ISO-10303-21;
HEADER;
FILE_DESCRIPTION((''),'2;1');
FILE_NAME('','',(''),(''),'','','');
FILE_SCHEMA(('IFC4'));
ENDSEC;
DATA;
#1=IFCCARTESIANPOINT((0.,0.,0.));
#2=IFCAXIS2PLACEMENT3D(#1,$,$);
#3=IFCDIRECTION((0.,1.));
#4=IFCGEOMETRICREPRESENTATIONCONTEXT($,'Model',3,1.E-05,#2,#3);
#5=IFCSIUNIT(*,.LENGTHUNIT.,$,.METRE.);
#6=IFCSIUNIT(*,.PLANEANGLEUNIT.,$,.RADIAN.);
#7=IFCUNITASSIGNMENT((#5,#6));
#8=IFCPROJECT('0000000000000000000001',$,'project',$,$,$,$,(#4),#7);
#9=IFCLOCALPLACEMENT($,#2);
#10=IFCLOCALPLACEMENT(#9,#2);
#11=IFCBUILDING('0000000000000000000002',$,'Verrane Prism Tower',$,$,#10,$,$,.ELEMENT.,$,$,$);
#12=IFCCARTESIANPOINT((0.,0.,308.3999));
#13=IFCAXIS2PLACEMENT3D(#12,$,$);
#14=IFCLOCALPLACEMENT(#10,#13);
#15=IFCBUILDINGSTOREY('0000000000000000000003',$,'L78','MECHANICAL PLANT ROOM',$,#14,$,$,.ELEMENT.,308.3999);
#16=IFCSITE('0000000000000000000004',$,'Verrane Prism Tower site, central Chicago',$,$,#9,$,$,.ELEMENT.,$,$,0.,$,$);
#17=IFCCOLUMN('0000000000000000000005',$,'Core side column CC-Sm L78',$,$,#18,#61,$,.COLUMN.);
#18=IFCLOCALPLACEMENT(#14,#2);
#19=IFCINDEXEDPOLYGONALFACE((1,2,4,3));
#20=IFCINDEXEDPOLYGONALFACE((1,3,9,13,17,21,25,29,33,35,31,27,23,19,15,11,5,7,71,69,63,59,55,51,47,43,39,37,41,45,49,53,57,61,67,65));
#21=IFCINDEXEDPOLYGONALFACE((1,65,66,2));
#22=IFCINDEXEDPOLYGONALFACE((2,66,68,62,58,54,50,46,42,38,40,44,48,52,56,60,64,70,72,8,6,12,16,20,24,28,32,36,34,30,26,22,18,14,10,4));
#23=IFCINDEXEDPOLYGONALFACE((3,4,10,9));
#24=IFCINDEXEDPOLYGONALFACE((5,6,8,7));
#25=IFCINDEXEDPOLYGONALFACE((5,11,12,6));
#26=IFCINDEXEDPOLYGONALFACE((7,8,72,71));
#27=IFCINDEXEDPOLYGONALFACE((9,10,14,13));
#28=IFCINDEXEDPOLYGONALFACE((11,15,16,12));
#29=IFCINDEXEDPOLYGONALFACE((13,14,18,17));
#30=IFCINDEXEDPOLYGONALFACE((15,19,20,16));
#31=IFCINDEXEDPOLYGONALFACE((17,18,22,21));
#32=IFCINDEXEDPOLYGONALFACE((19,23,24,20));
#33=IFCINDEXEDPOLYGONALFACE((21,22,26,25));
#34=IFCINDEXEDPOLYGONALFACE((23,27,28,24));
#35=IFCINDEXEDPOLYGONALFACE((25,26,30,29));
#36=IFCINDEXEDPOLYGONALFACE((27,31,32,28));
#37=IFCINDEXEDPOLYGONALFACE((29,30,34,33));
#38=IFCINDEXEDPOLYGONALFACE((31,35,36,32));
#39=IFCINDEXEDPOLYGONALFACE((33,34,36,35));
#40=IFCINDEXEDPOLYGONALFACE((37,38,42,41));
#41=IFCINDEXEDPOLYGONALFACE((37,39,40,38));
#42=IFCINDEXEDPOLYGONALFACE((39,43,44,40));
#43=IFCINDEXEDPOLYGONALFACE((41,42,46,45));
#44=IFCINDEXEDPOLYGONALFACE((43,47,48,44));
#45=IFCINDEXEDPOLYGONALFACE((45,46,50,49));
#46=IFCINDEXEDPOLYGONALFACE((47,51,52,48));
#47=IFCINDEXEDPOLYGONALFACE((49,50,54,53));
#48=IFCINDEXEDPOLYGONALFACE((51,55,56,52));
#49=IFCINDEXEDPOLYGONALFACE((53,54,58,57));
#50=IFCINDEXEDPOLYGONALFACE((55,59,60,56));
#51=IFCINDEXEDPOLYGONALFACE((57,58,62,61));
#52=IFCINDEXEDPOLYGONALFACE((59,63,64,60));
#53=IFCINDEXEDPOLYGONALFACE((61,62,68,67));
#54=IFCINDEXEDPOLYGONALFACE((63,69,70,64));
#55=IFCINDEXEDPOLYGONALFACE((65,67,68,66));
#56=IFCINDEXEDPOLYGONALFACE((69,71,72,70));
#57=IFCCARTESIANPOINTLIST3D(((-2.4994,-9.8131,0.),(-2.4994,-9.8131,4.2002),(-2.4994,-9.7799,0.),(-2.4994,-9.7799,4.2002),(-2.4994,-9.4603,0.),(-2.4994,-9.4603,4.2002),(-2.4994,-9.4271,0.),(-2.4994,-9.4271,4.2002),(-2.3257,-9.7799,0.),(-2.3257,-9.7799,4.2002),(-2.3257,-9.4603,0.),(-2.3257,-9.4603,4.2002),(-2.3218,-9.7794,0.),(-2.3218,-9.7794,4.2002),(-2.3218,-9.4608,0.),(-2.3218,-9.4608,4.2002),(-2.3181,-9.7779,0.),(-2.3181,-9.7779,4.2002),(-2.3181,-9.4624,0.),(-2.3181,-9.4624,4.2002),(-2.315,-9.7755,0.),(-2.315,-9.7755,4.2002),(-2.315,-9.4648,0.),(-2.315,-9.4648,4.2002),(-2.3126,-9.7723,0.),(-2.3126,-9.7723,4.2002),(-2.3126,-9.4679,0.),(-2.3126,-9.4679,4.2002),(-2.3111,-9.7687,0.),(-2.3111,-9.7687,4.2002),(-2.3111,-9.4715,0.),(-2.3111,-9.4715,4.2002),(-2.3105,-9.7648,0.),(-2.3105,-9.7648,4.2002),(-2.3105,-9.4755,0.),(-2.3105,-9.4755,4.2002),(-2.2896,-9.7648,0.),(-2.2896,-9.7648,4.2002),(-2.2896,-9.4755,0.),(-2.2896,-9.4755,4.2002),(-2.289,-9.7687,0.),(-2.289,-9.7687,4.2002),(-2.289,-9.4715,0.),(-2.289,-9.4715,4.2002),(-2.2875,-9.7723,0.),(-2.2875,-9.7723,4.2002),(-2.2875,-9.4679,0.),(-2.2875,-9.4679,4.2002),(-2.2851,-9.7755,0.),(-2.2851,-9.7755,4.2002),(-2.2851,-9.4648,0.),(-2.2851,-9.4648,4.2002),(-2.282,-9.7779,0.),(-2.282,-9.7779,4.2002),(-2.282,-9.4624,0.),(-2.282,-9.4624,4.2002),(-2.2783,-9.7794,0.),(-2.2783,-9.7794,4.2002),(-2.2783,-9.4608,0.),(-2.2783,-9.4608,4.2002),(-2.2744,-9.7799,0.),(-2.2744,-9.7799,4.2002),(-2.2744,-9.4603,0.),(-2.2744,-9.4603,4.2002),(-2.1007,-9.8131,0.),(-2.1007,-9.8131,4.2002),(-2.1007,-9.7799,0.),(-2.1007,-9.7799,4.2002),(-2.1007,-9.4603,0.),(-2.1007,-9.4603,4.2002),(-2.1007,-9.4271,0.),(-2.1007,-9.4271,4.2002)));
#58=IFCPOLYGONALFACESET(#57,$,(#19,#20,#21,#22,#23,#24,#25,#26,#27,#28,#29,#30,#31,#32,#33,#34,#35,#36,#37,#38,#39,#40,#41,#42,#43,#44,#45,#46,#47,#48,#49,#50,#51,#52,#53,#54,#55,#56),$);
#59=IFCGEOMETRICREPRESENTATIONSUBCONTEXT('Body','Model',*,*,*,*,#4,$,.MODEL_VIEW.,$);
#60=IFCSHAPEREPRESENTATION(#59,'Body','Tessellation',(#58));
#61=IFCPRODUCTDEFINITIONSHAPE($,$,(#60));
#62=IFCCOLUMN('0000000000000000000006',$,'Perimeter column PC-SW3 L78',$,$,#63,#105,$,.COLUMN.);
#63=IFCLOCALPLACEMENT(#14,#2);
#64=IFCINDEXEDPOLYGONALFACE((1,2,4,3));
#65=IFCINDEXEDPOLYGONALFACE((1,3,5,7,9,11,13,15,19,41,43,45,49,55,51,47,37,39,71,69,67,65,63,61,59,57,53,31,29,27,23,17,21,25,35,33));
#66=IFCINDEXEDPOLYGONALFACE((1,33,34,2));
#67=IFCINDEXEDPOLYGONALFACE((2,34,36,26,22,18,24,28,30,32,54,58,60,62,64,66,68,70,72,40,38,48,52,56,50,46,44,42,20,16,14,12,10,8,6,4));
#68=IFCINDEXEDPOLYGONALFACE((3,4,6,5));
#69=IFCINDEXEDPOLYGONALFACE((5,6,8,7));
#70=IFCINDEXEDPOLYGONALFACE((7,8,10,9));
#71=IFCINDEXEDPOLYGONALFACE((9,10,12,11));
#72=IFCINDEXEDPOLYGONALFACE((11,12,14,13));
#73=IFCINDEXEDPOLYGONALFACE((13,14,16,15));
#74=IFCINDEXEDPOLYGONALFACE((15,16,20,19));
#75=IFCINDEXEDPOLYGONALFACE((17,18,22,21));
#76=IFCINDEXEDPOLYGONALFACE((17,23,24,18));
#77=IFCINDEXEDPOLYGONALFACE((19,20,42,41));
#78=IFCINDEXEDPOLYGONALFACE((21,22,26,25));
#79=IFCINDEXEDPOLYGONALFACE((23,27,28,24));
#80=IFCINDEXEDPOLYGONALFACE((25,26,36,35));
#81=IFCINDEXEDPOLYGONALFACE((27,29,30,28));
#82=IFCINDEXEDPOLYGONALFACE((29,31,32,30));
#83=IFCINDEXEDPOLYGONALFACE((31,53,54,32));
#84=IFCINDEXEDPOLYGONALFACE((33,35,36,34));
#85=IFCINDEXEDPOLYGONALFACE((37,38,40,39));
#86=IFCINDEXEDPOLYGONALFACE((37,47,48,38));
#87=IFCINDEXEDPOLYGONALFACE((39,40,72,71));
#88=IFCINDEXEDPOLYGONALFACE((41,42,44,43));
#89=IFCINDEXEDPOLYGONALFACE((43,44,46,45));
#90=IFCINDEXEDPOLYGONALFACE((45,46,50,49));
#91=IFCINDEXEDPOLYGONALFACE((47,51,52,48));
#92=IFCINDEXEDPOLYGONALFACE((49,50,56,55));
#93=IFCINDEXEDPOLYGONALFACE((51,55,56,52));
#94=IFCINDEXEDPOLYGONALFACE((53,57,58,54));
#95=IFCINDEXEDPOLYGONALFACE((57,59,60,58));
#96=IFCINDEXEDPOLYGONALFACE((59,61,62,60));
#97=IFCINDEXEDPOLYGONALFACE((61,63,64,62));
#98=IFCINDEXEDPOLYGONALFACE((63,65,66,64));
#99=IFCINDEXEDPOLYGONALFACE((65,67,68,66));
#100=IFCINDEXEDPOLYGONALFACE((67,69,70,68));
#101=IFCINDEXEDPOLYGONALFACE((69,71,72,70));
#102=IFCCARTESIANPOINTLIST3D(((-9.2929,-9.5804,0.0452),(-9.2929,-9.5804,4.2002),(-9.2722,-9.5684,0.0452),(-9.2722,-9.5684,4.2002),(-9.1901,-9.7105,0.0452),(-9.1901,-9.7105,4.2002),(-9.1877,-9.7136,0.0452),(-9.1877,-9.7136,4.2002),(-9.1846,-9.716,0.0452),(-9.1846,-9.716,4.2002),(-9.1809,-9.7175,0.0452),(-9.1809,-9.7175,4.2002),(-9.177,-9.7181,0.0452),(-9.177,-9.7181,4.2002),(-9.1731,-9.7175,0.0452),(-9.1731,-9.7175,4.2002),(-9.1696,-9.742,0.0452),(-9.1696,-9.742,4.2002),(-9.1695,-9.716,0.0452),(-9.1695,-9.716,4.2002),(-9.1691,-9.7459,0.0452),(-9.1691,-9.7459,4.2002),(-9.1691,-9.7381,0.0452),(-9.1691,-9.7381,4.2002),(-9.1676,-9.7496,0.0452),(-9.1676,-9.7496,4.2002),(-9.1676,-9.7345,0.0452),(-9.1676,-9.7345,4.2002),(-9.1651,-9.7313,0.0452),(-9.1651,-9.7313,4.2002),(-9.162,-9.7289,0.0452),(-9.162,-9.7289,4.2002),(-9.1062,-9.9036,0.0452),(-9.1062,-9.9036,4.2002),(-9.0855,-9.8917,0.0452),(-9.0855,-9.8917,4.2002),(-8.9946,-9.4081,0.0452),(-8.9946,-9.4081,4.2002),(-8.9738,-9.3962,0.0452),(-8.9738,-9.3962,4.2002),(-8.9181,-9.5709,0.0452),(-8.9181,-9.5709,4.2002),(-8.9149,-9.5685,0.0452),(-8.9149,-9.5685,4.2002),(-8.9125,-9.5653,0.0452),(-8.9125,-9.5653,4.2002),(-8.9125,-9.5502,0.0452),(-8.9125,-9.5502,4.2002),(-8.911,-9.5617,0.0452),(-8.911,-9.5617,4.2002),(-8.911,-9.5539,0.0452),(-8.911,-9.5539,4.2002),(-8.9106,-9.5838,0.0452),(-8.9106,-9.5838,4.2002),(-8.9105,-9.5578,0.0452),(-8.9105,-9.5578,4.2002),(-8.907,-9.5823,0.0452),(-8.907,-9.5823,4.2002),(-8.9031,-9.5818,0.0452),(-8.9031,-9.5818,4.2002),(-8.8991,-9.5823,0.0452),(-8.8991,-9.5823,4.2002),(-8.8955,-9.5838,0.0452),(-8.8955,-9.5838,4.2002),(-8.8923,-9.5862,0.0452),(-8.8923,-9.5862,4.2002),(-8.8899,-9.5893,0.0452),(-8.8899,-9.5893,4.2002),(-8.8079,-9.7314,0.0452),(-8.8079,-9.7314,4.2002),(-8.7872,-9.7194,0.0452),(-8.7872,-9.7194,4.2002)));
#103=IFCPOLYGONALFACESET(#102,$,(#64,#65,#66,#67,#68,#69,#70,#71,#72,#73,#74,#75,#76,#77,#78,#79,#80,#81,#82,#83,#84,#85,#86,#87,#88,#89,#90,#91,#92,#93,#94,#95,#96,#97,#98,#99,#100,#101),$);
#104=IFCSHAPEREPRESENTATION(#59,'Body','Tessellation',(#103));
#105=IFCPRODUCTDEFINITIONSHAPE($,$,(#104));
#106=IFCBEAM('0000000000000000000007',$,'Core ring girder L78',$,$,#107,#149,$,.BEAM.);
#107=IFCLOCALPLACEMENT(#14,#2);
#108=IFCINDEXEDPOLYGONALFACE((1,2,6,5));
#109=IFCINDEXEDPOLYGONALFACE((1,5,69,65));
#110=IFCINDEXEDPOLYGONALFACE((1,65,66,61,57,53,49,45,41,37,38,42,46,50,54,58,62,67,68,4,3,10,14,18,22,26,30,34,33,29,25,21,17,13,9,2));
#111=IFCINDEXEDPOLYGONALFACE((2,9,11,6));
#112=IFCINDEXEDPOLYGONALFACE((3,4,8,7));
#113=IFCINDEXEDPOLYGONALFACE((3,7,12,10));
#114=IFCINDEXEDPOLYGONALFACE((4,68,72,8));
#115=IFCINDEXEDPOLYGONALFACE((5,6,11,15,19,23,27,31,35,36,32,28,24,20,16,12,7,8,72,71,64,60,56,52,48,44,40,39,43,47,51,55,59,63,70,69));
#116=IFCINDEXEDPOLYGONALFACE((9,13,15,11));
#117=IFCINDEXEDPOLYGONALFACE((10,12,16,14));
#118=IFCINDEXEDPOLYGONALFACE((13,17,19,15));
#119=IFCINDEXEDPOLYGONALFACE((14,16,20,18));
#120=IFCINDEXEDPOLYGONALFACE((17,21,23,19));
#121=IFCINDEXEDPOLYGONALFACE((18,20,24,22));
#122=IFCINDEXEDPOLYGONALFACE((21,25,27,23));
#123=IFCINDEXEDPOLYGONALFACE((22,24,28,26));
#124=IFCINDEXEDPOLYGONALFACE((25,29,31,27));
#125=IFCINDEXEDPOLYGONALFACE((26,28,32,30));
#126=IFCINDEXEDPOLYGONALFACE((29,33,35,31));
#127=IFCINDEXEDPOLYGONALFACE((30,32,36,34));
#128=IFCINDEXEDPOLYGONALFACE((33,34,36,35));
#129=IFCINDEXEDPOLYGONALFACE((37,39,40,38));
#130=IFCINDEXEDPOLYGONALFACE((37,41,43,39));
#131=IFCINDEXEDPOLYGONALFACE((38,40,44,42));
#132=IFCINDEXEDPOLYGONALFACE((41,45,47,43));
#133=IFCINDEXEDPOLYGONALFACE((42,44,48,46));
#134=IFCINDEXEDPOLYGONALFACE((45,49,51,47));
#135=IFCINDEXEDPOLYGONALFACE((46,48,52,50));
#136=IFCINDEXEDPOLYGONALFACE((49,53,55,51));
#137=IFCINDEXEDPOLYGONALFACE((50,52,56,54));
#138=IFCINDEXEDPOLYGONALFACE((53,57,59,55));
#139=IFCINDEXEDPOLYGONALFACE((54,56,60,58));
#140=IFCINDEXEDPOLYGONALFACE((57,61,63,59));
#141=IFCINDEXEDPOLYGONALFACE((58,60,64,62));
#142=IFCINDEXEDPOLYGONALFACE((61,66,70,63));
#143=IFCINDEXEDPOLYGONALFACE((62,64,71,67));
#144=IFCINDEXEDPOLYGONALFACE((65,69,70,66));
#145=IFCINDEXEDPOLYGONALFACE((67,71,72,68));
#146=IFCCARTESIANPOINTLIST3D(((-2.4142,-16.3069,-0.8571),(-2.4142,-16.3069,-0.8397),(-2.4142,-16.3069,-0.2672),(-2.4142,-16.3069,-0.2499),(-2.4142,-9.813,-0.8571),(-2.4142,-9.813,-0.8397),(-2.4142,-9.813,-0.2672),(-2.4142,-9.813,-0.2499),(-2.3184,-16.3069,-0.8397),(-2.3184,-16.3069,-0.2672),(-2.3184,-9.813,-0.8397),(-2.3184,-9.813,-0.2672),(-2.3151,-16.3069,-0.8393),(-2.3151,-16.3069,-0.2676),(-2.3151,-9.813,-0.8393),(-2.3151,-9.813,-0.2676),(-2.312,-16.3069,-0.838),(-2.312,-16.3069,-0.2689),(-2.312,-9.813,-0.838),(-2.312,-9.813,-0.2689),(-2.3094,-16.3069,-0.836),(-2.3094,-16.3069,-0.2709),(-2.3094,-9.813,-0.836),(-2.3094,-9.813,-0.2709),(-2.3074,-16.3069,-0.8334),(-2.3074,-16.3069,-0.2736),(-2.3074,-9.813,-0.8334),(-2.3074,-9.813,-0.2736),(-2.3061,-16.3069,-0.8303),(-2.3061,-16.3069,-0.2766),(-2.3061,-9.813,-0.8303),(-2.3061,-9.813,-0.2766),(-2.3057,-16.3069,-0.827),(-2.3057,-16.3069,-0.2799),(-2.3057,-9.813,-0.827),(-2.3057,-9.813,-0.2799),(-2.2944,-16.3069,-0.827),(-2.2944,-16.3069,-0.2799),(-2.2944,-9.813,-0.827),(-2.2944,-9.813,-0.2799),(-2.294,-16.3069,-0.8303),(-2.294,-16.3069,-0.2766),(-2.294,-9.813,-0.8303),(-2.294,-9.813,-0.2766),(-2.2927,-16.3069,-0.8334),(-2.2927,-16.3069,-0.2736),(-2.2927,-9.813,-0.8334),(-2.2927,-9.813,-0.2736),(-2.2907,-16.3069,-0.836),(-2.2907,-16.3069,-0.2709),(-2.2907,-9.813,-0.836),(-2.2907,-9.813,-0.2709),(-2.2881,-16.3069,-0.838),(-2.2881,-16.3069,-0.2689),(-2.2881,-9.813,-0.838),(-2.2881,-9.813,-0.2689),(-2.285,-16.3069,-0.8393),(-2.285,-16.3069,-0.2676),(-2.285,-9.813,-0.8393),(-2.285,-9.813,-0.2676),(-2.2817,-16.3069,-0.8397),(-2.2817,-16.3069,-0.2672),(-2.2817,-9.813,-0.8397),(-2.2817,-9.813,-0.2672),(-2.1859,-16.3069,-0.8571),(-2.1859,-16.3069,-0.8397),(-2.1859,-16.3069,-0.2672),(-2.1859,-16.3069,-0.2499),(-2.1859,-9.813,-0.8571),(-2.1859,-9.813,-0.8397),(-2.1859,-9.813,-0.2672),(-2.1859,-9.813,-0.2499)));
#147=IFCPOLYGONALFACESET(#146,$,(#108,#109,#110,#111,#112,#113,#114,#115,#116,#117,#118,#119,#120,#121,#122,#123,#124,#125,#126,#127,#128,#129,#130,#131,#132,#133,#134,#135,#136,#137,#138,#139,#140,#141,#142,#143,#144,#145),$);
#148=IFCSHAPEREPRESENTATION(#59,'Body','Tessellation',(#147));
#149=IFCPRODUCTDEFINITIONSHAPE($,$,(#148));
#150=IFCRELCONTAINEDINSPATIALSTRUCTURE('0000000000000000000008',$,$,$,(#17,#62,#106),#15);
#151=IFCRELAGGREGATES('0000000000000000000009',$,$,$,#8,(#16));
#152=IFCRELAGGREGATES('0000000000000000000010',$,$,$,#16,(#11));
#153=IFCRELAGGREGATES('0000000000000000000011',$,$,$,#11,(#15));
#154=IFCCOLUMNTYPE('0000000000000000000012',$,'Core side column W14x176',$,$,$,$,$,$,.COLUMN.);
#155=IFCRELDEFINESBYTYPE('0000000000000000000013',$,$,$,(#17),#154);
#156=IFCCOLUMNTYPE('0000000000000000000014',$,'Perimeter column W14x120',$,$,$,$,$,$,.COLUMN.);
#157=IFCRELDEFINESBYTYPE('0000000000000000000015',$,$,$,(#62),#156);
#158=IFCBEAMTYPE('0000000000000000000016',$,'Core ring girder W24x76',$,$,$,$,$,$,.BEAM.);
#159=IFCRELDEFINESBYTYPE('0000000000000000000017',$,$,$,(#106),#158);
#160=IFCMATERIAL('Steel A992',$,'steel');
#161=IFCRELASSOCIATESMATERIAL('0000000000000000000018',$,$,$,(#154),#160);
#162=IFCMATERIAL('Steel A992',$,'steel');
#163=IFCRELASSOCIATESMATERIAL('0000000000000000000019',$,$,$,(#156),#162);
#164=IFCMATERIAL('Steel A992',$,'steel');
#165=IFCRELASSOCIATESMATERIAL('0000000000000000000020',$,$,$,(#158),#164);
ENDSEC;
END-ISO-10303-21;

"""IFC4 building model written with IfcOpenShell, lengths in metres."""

from ifc_helpers import new_model, si_unit, direction, frame, origin, origin_2d, place, context, subcontext, project, spatial, i_section, extrude, material, material_profile, profile_set, type_object, element, save


model = new_model("IFC4")

# Units and contexts
model_context = context("Model", 3, precision=1e-05, world=origin(), true_north=direction((0.0, 1.0)))
body_context = subcontext(model_context, "Body", "Model", "MODEL_VIEW")
ifc_project = project(units=[si_unit("LENGTHUNIT", "METRE"), si_unit("PLANEANGLEUNIT", "RADIAN")], contexts=[model_context])

# Site, building, storey
site_placement = place(None, origin())
site = spatial("IfcSite", under=ifc_project, at=site_placement, Name="Verrane Prism Tower site, central Chicago", CompositionType="ELEMENT", RefElevation=0.0)
building_placement = place(site_placement, origin())
building = spatial("IfcBuilding", under=site, at=building_placement, Name="Verrane Prism Tower", CompositionType="ELEMENT")
storey_placement = place(building_placement, frame((0.0, 0.0, 308.3999)))
storey = spatial("IfcBuildingStorey", under=building, at=storey_placement, Name="L78", Description="MECHANICAL PLANT ROOM", CompositionType="ELEMENT", Elevation=308.3999)

# Columns
ifc_material_1 = material(Name="Steel A992", Category="steel")
ifc_material_profile_1 = material_profile(ifc_material_1, i_section(OverallWidth=0.3987, OverallDepth=0.386, WebThickness=0.021, FlangeThickness=0.0332, FilletRadius=0.0151, at=origin_2d()), Name="W14x176")
ifc_profile_set_1 = profile_set([ifc_material_profile_1], Name="Steel A992")
column_type_1 = type_object("IfcColumnType", Name="Core side column W14x176", PredefinedType="COLUMN", material=ifc_profile_set_1)
column_1_placement = place(storey_placement, frame((-2.3, -9.6201, 0.0), z_axis=(0.0, 0.0, 1.0), x_axis=(1.0, 0.0, 0.0)))
element("IfcColumn", 1, at=column_1_placement, inside=storey, type_object=column_type_1, Name="Core side column CC-Sm L78", PredefinedType="COLUMN", context=body_context, shape_type="SweptSolid", body=[
    extrude(i_section(OverallWidth=0.3987, OverallDepth=0.386, WebThickness=0.021, FlangeThickness=0.0332, FilletRadius=0.0151, at=origin_2d()), origin(), (0.0, 0.0, 1.0), 4.2002),
])
ifc_material_2 = material(Name="Steel A992", Category="steel")
ifc_material_profile_2 = material_profile(ifc_material_2, i_section(OverallWidth=0.3733, OverallDepth=0.3684, WebThickness=0.0149, FlangeThickness=0.0239, FilletRadius=0.0151, at=origin_2d()), Name="W14x120")
ifc_profile_set_2 = profile_set([ifc_material_profile_2], Name="Steel A992")
column_type_2 = type_object("IfcColumnType", Name="Perimeter column W14x120", PredefinedType="COLUMN", material=ifc_profile_set_2)
column_2_placement = place(storey_placement, frame((-9.04, -9.6499, 0.0452), z_axis=(0.0, 0.0, 1.0), x_axis=(-0.5, 0.866025, 0.0)))
element("IfcColumn", 2, at=column_2_placement, inside=storey, type_object=column_type_2, Name="Perimeter column PC-SW3 L78", PredefinedType="COLUMN", context=body_context, shape_type="SweptSolid", body=[
    extrude(i_section(OverallWidth=0.3733, OverallDepth=0.3684, WebThickness=0.0149, FlangeThickness=0.0239, FilletRadius=0.0151, at=origin_2d()), origin(), (0.0, 0.0, 1.0), 4.155),
])

# Beam
ifc_material_3 = material(Name="Steel A992", Category="steel")
ifc_material_profile_3 = material_profile(ifc_material_3, i_section(OverallWidth=0.2283, OverallDepth=0.6072, WebThickness=0.0112, FlangeThickness=0.0173, FilletRadius=0.0127, at=origin_2d()), Name="W24x76")
ifc_profile_set_3 = profile_set([ifc_material_profile_3], Name="Steel A992")
beam_type_1 = type_object("IfcBeamType", Name="Core ring girder W24x76", PredefinedType="BEAM", material=ifc_profile_set_3)
beam_1_placement = place(storey_placement, frame((-2.3, -9.813, -0.5535), z_axis=(0.0, -1.0, 0.0), x_axis=(1.0, 0.0, 0.0)))
element("IfcBeam", 3, at=beam_1_placement, inside=storey, type_object=beam_type_1, Name="Core ring girder L78", PredefinedType="BEAM", context=body_context, shape_type="SweptSolid", body=[
    extrude(i_section(OverallWidth=0.2283, OverallDepth=0.6072, WebThickness=0.0112, FlangeThickness=0.0173, FilletRadius=0.0127, at=origin_2d()), origin(), (0.0, 0.0, 1.0), 6.4939),
])

save(model, "model.ifc")
